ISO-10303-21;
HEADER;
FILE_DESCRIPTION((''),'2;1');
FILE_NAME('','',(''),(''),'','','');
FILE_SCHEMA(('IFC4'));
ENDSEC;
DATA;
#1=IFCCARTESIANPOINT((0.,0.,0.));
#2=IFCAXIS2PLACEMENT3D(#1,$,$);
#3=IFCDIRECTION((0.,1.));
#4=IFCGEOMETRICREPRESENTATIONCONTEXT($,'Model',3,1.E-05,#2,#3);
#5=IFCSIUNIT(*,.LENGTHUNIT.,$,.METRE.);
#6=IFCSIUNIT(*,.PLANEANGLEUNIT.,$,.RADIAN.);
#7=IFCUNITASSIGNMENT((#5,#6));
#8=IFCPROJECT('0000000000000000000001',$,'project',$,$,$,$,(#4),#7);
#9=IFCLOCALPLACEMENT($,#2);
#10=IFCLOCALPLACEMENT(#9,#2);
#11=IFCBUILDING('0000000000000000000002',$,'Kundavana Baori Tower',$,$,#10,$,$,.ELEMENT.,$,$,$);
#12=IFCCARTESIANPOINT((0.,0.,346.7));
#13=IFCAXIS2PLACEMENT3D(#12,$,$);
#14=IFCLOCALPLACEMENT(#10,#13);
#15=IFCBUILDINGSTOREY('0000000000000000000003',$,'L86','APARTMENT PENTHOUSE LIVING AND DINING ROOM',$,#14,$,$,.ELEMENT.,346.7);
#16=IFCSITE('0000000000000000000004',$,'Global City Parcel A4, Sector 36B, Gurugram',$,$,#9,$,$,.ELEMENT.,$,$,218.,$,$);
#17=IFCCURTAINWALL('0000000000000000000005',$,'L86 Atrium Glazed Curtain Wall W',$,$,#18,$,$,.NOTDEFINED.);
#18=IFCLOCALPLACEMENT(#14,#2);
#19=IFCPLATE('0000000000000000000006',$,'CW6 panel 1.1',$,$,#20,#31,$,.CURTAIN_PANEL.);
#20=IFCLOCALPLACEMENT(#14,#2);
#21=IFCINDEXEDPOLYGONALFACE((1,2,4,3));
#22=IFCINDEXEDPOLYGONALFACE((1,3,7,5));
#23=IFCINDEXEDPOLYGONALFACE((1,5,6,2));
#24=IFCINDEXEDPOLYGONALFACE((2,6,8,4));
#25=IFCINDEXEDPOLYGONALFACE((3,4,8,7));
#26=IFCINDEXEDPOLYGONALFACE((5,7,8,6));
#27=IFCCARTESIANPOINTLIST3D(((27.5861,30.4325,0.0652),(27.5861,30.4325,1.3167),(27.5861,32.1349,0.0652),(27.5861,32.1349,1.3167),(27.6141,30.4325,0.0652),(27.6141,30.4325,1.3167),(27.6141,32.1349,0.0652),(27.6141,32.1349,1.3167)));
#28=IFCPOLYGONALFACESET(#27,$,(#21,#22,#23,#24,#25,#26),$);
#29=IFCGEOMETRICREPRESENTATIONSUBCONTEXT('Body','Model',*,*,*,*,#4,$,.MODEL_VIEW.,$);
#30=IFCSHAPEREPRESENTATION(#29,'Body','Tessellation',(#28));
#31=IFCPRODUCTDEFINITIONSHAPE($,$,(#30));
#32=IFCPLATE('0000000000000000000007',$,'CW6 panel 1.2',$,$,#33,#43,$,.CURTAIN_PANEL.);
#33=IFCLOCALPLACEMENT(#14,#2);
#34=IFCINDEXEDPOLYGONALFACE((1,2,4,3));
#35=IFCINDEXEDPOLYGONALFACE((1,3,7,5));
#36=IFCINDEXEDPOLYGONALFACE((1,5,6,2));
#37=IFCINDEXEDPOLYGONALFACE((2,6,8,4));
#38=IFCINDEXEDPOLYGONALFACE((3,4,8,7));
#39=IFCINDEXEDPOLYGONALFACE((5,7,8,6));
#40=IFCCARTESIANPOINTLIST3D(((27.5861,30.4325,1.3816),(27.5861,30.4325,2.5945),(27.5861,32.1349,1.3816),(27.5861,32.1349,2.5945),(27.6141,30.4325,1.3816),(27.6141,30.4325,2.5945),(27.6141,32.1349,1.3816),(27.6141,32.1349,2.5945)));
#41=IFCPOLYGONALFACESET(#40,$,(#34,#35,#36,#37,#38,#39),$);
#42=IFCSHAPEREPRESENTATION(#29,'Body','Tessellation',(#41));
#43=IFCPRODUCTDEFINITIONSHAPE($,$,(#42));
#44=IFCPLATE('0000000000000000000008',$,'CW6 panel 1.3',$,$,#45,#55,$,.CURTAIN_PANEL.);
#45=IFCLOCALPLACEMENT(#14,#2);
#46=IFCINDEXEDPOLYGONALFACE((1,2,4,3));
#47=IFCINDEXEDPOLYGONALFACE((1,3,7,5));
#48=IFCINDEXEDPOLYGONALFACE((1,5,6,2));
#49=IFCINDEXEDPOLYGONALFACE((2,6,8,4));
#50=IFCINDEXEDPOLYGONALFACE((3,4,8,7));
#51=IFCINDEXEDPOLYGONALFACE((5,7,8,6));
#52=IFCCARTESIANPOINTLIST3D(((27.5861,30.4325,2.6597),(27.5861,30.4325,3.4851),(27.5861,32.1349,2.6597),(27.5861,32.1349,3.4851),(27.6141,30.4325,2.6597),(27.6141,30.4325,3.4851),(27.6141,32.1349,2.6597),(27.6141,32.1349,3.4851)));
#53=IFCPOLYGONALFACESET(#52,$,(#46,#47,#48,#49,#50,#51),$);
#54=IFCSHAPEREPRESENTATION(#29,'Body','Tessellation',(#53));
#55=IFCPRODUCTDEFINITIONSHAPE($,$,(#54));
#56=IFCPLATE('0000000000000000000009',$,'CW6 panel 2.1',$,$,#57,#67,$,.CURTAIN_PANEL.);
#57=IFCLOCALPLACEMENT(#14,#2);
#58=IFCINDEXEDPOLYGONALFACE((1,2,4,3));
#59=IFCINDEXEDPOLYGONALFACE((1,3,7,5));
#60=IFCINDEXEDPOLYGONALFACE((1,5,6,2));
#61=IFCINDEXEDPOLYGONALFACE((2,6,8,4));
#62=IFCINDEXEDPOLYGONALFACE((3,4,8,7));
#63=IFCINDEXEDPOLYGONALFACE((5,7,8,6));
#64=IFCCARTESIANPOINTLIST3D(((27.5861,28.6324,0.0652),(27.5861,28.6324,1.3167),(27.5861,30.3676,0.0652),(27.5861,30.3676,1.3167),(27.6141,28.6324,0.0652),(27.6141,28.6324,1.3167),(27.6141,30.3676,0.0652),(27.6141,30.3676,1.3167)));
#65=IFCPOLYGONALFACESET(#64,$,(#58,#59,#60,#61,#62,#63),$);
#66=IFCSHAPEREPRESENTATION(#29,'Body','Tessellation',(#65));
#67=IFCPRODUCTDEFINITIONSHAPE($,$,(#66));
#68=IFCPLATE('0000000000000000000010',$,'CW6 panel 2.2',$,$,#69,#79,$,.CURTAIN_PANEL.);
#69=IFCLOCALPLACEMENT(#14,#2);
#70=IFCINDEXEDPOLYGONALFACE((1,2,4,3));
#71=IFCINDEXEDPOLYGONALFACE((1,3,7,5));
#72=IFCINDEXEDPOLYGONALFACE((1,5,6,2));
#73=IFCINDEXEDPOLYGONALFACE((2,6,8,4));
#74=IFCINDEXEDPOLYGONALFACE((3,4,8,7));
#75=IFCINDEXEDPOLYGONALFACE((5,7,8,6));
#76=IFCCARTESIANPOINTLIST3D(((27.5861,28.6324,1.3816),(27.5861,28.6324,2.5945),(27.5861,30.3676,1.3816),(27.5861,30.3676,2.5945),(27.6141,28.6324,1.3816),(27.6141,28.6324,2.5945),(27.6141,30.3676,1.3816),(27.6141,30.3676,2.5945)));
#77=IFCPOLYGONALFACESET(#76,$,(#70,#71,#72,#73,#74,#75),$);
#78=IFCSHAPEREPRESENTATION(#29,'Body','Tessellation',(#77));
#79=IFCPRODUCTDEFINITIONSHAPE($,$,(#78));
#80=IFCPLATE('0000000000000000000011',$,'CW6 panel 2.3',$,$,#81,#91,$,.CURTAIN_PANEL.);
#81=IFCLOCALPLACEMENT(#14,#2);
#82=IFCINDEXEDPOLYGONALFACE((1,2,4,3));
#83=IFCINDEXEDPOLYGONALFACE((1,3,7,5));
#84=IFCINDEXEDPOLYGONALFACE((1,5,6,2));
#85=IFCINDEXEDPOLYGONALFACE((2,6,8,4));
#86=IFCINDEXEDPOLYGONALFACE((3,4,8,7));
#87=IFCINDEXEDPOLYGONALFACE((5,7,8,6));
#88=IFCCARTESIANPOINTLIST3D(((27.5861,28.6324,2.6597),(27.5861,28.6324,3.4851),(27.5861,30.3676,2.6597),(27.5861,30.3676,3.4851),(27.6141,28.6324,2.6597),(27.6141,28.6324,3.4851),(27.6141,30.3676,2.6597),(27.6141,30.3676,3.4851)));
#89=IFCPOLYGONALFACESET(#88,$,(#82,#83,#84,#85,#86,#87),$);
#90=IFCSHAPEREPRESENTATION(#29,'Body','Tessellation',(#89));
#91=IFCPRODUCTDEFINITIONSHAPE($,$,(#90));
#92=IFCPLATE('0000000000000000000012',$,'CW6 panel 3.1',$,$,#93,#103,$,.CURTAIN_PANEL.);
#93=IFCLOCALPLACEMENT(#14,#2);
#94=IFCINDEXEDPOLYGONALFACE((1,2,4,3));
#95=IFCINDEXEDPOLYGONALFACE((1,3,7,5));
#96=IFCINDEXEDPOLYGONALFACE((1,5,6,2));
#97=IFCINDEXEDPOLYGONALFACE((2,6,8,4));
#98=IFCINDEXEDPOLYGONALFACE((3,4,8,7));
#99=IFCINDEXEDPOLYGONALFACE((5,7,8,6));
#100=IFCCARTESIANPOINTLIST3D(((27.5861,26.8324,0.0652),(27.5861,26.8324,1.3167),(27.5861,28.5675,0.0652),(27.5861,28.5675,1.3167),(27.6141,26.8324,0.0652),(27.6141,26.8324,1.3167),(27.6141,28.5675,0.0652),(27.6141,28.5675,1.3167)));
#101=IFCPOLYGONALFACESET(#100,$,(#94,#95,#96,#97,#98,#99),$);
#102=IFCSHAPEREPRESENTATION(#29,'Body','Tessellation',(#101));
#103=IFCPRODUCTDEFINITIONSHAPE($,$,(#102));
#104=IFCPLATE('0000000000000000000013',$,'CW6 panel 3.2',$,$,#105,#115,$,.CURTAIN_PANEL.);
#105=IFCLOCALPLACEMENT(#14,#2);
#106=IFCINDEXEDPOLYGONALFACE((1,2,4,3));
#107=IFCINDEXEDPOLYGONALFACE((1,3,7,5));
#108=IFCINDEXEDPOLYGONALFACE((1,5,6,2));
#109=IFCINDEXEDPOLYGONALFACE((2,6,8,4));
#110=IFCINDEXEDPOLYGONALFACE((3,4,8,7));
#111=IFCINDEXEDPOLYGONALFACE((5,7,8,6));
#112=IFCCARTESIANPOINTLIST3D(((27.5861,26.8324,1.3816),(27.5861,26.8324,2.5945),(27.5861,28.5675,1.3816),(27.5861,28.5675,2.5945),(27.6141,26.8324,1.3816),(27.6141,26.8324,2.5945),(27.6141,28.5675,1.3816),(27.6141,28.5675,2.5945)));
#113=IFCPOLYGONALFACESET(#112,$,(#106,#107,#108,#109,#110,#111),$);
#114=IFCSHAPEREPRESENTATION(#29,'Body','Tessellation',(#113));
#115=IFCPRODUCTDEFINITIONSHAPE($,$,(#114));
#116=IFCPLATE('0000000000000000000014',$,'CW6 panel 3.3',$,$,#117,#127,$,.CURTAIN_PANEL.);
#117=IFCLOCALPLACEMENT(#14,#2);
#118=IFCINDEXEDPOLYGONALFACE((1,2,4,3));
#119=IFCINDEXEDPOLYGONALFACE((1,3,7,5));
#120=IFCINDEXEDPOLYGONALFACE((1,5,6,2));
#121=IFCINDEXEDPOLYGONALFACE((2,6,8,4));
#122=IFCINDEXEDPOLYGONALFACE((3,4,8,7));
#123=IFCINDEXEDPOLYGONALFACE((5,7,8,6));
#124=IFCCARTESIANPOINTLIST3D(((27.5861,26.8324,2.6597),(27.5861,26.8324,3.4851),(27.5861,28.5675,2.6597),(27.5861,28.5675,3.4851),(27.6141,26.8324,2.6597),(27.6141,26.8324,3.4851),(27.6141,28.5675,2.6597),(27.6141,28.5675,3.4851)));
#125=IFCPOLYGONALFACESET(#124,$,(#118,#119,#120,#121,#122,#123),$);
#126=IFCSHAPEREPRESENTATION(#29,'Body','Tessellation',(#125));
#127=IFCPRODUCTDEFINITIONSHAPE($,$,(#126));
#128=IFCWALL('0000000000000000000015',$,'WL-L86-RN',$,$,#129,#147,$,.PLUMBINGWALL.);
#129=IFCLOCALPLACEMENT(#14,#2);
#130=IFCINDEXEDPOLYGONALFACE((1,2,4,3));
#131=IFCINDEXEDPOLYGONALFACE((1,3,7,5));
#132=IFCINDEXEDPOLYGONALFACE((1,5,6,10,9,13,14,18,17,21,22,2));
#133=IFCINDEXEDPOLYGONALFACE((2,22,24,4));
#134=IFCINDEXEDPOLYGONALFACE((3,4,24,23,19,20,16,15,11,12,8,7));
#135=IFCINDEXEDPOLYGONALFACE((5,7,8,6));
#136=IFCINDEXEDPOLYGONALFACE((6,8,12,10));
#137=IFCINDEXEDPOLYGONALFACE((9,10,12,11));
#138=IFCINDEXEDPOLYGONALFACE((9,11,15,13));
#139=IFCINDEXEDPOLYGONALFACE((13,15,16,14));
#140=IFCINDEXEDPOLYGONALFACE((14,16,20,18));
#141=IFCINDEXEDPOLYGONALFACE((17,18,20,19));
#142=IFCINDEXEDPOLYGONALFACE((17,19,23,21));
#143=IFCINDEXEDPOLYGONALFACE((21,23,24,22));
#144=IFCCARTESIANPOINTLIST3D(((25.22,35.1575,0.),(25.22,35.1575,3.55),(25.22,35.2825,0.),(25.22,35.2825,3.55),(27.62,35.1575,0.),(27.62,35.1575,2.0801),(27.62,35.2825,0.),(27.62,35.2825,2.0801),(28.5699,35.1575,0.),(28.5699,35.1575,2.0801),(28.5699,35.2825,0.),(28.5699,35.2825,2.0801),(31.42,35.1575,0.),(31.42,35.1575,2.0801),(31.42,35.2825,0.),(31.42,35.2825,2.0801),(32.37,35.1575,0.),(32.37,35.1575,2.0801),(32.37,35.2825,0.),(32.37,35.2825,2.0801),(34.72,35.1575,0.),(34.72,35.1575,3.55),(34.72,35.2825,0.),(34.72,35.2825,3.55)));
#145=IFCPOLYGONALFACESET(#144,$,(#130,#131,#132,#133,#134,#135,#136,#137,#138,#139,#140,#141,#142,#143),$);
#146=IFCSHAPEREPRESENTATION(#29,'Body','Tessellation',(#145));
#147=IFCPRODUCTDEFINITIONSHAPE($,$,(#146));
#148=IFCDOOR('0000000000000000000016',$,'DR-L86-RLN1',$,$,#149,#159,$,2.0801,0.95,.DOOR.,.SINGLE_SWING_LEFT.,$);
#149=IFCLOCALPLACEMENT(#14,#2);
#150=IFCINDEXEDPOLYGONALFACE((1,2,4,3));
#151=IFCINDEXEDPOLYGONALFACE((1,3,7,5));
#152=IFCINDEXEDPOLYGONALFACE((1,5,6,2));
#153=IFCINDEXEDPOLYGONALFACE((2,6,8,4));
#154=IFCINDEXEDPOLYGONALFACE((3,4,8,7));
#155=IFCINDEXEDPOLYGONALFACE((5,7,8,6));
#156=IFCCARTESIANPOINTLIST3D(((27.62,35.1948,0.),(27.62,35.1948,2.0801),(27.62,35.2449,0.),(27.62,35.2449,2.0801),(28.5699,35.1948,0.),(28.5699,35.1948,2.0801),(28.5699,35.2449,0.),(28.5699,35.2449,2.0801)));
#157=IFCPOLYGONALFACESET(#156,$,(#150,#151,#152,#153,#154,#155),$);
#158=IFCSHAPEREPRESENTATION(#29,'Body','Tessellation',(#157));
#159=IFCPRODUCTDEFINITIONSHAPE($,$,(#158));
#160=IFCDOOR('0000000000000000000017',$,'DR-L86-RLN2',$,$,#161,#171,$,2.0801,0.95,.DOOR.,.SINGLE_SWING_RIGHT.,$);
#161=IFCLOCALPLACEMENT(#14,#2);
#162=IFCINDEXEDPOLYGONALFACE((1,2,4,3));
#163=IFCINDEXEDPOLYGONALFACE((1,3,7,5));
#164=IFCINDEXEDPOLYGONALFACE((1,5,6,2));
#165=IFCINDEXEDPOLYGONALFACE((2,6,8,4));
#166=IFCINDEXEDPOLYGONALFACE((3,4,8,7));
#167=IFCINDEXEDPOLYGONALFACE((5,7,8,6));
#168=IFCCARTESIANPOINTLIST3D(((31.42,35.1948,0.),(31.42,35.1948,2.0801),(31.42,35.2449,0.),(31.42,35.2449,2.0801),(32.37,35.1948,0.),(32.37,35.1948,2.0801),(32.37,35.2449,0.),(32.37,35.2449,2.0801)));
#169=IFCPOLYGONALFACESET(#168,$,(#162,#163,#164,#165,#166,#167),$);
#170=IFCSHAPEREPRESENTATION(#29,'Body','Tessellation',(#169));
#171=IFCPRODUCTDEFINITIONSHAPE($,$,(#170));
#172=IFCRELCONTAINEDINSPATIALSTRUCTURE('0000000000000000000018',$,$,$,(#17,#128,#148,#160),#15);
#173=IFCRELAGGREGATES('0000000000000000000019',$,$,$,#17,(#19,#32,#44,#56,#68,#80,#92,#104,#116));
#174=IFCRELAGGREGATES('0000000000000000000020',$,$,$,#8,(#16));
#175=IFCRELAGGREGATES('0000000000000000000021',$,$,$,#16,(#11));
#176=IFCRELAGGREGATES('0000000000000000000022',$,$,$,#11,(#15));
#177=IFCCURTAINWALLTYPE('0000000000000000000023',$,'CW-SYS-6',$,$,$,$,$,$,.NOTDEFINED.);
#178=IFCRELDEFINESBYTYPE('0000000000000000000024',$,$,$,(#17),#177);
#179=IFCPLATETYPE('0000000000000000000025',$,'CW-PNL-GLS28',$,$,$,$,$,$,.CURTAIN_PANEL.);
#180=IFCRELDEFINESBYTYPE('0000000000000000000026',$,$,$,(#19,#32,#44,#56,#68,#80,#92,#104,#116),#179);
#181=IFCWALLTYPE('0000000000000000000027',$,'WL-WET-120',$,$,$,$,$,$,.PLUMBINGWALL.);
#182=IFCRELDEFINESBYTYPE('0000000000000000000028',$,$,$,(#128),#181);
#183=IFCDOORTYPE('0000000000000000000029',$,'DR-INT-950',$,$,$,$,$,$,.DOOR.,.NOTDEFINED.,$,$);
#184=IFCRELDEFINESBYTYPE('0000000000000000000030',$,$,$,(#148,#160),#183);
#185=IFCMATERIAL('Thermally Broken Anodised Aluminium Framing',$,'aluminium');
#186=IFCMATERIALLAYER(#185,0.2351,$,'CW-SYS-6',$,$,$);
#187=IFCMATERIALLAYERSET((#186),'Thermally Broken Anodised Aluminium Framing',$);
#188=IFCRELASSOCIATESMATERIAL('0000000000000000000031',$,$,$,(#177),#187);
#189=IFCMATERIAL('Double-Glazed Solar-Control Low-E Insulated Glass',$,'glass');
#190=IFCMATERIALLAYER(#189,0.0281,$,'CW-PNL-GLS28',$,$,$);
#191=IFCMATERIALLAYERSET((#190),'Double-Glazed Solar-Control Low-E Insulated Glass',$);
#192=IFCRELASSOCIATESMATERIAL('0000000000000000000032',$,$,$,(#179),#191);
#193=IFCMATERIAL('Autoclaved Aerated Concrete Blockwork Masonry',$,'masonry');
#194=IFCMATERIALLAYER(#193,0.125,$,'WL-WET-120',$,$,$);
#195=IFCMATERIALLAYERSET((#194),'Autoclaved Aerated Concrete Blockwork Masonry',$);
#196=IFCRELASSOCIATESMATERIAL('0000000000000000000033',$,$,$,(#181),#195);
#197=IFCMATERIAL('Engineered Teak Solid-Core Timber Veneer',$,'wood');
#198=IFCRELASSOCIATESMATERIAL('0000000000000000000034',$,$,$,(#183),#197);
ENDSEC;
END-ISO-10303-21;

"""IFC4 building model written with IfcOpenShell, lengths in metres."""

from ifc_helpers import new_model, si_unit, direction, frame, frame_2d, origin, origin_2d, place, context, subcontext, project, spatial, rectangle, extrude, material, layer, layer_set, type_object, element, fill, aggregate, save


model = new_model("IFC4")

# Units and contexts
model_context = context("Model", 3, precision=1e-05, world=origin(), true_north=direction((0.0, 1.0)))
body_context = subcontext(model_context, "Body", "Model", "MODEL_VIEW")
ifc_project = project(units=[si_unit("LENGTHUNIT", "METRE"), si_unit("PLANEANGLEUNIT", "RADIAN")], contexts=[model_context])

# Site, building, storey
site_placement = place(None, origin())
site = spatial("IfcSite", under=ifc_project, at=site_placement, Name="Global City Parcel A4, Sector 36B, Gurugram", CompositionType="ELEMENT", RefElevation=218.0)
building_placement = place(site_placement, origin())
building = spatial("IfcBuilding", under=site, at=building_placement, Name="Kundavana Baori Tower", CompositionType="ELEMENT")
storey_placement = place(building_placement, frame((0.0, 0.0, 346.7)))
storey = spatial("IfcBuildingStorey", under=building, at=storey_placement, Name="L86", Description="APARTMENT PENTHOUSE LIVING AND DINING ROOM", CompositionType="ELEMENT", Elevation=346.7)

# Curtain wall, plates
ifc_material_1 = material(Name="Thermally Broken Anodised Aluminium Framing", Category="aluminium")
ifc_layer_1 = layer(ifc_material_1, 0.2351, Name="CW-SYS-6")
ifc_layer_set_1 = layer_set([ifc_layer_1], Name="Thermally Broken Anodised Aluminium Framing")
curtain_wall_type = type_object("IfcCurtainWallType", Name="CW-SYS-6", PredefinedType="NOTDEFINED", material=ifc_layer_set_1)
curtain_wall_placement = place(storey_placement, origin())
curtain_wall = element("IfcCurtainWall", 1, at=curtain_wall_placement, inside=storey, type_object=curtain_wall_type, Name="L86 Atrium Glazed Curtain Wall W", PredefinedType="NOTDEFINED")
ifc_material_2 = material(Name="Double-Glazed Solar-Control Low-E Insulated Glass", Category="glass")
ifc_layer_2 = layer(ifc_material_2, 0.0281, Name="CW-PNL-GLS28")
ifc_layer_set_2 = layer_set([ifc_layer_2], Name="Double-Glazed Solar-Control Low-E Insulated Glass")
plate_type = type_object("IfcPlateType", Name="CW-PNL-GLS28", PredefinedType="CURTAIN_PANEL", material=ifc_layer_set_2)
plate_1_placement = place(storey_placement, frame((27.6001, 31.2837, 0.0652), z_axis=(0.0, 0.0, 1.0), x_axis=(0.0, -1.0, 0.0)))
plate_1 = element("IfcPlate", 2, at=plate_1_placement, type_object=plate_type, Name="CW6 panel 1.1", PredefinedType="CURTAIN_PANEL", context=body_context, shape_type="SweptSolid", body=[
    extrude(rectangle(XDim=1.7024, YDim=0.0281, at=origin_2d()), origin(), (0.0, 0.0, 1.0), 1.2515),
])
plate_2_placement = place(storey_placement, frame((27.6001, 31.2837, 1.3816), z_axis=(0.0, 0.0, 1.0), x_axis=(0.0, -1.0, 0.0)))
plate_2 = element("IfcPlate", 3, at=plate_2_placement, type_object=plate_type, Name="CW6 panel 1.2", PredefinedType="CURTAIN_PANEL", context=body_context, shape_type="SweptSolid", body=[
    extrude(rectangle(XDim=1.7024, YDim=0.0281, at=origin_2d()), origin(), (0.0, 0.0, 1.0), 1.2129),
])
plate_3_placement = place(storey_placement, frame((27.6001, 31.2837, 2.6597), z_axis=(0.0, 0.0, 1.0), x_axis=(0.0, -1.0, 0.0)))
plate_3 = element("IfcPlate", 4, at=plate_3_placement, type_object=plate_type, Name="CW6 panel 1.3", PredefinedType="CURTAIN_PANEL", context=body_context, shape_type="SweptSolid", body=[
    extrude(rectangle(XDim=1.7024, YDim=0.0281, at=origin_2d()), origin(), (0.0, 0.0, 1.0), 0.8254),
])
plate_4_placement = place(storey_placement, frame((27.6001, 29.5, 0.0652), z_axis=(0.0, 0.0, 1.0), x_axis=(0.0, -1.0, 0.0)))
plate_4 = element("IfcPlate", 5, at=plate_4_placement, type_object=plate_type, Name="CW6 panel 2.1", PredefinedType="CURTAIN_PANEL", context=body_context, shape_type="SweptSolid", body=[
    extrude(rectangle(XDim=1.7351, YDim=0.0281, at=origin_2d()), origin(), (0.0, 0.0, 1.0), 1.2515),
])
plate_5_placement = place(storey_placement, frame((27.6001, 29.5, 1.3816), z_axis=(0.0, 0.0, 1.0), x_axis=(0.0, -1.0, 0.0)))
plate_5 = element("IfcPlate", 6, at=plate_5_placement, type_object=plate_type, Name="CW6 panel 2.2", PredefinedType="CURTAIN_PANEL", context=body_context, shape_type="SweptSolid", body=[
    extrude(rectangle(XDim=1.7351, YDim=0.0281, at=origin_2d()), origin(), (0.0, 0.0, 1.0), 1.2129),
])
plate_6_placement = place(storey_placement, frame((27.6001, 29.5, 2.6597), z_axis=(0.0, 0.0, 1.0), x_axis=(0.0, -1.0, 0.0)))
plate_6 = element("IfcPlate", 7, at=plate_6_placement, type_object=plate_type, Name="CW6 panel 2.3", PredefinedType="CURTAIN_PANEL", context=body_context, shape_type="SweptSolid", body=[
    extrude(rectangle(XDim=1.7351, YDim=0.0281, at=origin_2d()), origin(), (0.0, 0.0, 1.0), 0.8254),
])
plate_7_placement = place(storey_placement, frame((27.6001, 27.7, 0.0652), z_axis=(0.0, 0.0, 1.0), x_axis=(0.0, -1.0, 0.0)))
plate_7 = element("IfcPlate", 8, at=plate_7_placement, type_object=plate_type, Name="CW6 panel 3.1", PredefinedType="CURTAIN_PANEL", context=body_context, shape_type="SweptSolid", body=[
    extrude(rectangle(XDim=1.7351, YDim=0.0281, at=origin_2d()), origin(), (0.0, 0.0, 1.0), 1.2515),
])
plate_8_placement = place(storey_placement, frame((27.6001, 27.7, 1.3816), z_axis=(0.0, 0.0, 1.0), x_axis=(0.0, -1.0, 0.0)))
plate_8 = element("IfcPlate", 9, at=plate_8_placement, type_object=plate_type, Name="CW6 panel 3.2", PredefinedType="CURTAIN_PANEL", context=body_context, shape_type="SweptSolid", body=[
    extrude(rectangle(XDim=1.7351, YDim=0.0281, at=origin_2d()), origin(), (0.0, 0.0, 1.0), 1.2129),
])
plate_9_placement = place(storey_placement, frame((27.6001, 27.7, 2.6597), z_axis=(0.0, 0.0, 1.0), x_axis=(0.0, -1.0, 0.0)))
plate_9 = element("IfcPlate", 10, at=plate_9_placement, type_object=plate_type, Name="CW6 panel 3.3", PredefinedType="CURTAIN_PANEL", context=body_context, shape_type="SweptSolid", body=[
    extrude(rectangle(XDim=1.7351, YDim=0.0281, at=origin_2d()), origin(), (0.0, 0.0, 1.0), 0.8254),
])
aggregate(curtain_wall, [plate_1, plate_2, plate_3, plate_4, plate_5, plate_6, plate_7, plate_8, plate_9])

# Wall, openings, doors
ifc_material_3 = material(Name="Autoclaved Aerated Concrete Blockwork Masonry", Category="masonry")
ifc_layer_3 = layer(ifc_material_3, 0.125, Name="WL-WET-120")
ifc_layer_set_3 = layer_set([ifc_layer_3], Name="Autoclaved Aerated Concrete Blockwork Masonry")
wall_type = type_object("IfcWallType", Name="WL-WET-120", PredefinedType="PLUMBINGWALL", material=ifc_layer_set_3)
wall_1_placement = place(storey_placement, frame((25.22, 35.22, 0.0), z_axis=(0.0, 0.0, 1.0), x_axis=(1.0, 0.0, 0.0)))
wall_1 = element("IfcWall", 11, at=wall_1_placement, inside=storey, type_object=wall_type, Name="WL-L86-RN", PredefinedType="PLUMBINGWALL", context=body_context, shape_type="SweptSolid", body=[
    extrude(rectangle(XDim=9.5, YDim=0.125, at=frame_2d((4.75, 0.0))), origin(), (0.0, 0.0, 1.0), 3.55),
])
opening_1_placement = place(wall_1_placement, frame((2.3999, 0.0, 0.0)))
opening_1 = element("IfcOpeningElement", 12, at=opening_1_placement, cuts=wall_1, PredefinedType="OPENING", context=body_context, shape_type="SweptSolid", body=[
    extrude(rectangle(XDim=0.95, YDim=2.0801, at=frame_2d((0.4751, 1.04))), frame((0.0, 0.0725, 0.0), z_axis=(0.0, -1.0, 0.0), x_axis=(1.0, 0.0, 0.0)), (0.0, 0.0, 1.0), 0.145),
])
opening_2_placement = place(wall_1_placement, frame((6.2, 0.0, 0.0)))
opening_2 = element("IfcOpeningElement", 13, at=opening_2_placement, cuts=wall_1, PredefinedType="OPENING", context=body_context, shape_type="SweptSolid", body=[
    extrude(rectangle(XDim=0.95, YDim=2.0801, at=frame_2d((0.4751, 1.04))), frame((0.0, 0.0725, 0.0), z_axis=(0.0, -1.0, 0.0), x_axis=(1.0, 0.0, 0.0)), (0.0, 0.0, 1.0), 0.145),
])
ifc_material_4 = material(Name="Engineered Teak Solid-Core Timber Veneer", Category="wood")
door_type_1 = type_object("IfcDoorType", Name="DR-INT-950", OperationType="NOTDEFINED", PredefinedType="DOOR", material=ifc_material_4)
door_1_placement = place(opening_1_placement, origin())
door_1 = element("IfcDoor", 14, at=door_1_placement, inside=storey, type_object=door_type_1, Name="DR-L86-RLN1", OperationType="SINGLE_SWING_LEFT", OverallHeight=2.0801, OverallWidth=0.95, PredefinedType="DOOR", context=body_context, shape_type="SweptSolid", body=[
    extrude(rectangle(XDim=0.95, YDim=2.0801, at=frame_2d((0.4751, 1.04))), frame((0.0, 0.0249, 0.0), z_axis=(0.0, -1.0, 0.0), x_axis=(1.0, 0.0, 0.0)), (0.0, 0.0, 1.0), 0.05),
])
fill(opening_1, door_1)
door_2_placement = place(opening_2_placement, origin())
door_2 = element("IfcDoor", 15, at=door_2_placement, inside=storey, type_object=door_type_1, Name="DR-L86-RLN2", OperationType="SINGLE_SWING_RIGHT", OverallHeight=2.0801, OverallWidth=0.95, PredefinedType="DOOR", context=body_context, shape_type="SweptSolid", body=[
    extrude(rectangle(XDim=0.95, YDim=2.0801, at=frame_2d((0.4751, 1.04))), frame((0.0, 0.0249, 0.0), z_axis=(0.0, -1.0, 0.0), x_axis=(1.0, 0.0, 0.0)), (0.0, 0.0, 1.0), 0.05),
])
fill(opening_2, door_2)

save(model, "model.ifc")
